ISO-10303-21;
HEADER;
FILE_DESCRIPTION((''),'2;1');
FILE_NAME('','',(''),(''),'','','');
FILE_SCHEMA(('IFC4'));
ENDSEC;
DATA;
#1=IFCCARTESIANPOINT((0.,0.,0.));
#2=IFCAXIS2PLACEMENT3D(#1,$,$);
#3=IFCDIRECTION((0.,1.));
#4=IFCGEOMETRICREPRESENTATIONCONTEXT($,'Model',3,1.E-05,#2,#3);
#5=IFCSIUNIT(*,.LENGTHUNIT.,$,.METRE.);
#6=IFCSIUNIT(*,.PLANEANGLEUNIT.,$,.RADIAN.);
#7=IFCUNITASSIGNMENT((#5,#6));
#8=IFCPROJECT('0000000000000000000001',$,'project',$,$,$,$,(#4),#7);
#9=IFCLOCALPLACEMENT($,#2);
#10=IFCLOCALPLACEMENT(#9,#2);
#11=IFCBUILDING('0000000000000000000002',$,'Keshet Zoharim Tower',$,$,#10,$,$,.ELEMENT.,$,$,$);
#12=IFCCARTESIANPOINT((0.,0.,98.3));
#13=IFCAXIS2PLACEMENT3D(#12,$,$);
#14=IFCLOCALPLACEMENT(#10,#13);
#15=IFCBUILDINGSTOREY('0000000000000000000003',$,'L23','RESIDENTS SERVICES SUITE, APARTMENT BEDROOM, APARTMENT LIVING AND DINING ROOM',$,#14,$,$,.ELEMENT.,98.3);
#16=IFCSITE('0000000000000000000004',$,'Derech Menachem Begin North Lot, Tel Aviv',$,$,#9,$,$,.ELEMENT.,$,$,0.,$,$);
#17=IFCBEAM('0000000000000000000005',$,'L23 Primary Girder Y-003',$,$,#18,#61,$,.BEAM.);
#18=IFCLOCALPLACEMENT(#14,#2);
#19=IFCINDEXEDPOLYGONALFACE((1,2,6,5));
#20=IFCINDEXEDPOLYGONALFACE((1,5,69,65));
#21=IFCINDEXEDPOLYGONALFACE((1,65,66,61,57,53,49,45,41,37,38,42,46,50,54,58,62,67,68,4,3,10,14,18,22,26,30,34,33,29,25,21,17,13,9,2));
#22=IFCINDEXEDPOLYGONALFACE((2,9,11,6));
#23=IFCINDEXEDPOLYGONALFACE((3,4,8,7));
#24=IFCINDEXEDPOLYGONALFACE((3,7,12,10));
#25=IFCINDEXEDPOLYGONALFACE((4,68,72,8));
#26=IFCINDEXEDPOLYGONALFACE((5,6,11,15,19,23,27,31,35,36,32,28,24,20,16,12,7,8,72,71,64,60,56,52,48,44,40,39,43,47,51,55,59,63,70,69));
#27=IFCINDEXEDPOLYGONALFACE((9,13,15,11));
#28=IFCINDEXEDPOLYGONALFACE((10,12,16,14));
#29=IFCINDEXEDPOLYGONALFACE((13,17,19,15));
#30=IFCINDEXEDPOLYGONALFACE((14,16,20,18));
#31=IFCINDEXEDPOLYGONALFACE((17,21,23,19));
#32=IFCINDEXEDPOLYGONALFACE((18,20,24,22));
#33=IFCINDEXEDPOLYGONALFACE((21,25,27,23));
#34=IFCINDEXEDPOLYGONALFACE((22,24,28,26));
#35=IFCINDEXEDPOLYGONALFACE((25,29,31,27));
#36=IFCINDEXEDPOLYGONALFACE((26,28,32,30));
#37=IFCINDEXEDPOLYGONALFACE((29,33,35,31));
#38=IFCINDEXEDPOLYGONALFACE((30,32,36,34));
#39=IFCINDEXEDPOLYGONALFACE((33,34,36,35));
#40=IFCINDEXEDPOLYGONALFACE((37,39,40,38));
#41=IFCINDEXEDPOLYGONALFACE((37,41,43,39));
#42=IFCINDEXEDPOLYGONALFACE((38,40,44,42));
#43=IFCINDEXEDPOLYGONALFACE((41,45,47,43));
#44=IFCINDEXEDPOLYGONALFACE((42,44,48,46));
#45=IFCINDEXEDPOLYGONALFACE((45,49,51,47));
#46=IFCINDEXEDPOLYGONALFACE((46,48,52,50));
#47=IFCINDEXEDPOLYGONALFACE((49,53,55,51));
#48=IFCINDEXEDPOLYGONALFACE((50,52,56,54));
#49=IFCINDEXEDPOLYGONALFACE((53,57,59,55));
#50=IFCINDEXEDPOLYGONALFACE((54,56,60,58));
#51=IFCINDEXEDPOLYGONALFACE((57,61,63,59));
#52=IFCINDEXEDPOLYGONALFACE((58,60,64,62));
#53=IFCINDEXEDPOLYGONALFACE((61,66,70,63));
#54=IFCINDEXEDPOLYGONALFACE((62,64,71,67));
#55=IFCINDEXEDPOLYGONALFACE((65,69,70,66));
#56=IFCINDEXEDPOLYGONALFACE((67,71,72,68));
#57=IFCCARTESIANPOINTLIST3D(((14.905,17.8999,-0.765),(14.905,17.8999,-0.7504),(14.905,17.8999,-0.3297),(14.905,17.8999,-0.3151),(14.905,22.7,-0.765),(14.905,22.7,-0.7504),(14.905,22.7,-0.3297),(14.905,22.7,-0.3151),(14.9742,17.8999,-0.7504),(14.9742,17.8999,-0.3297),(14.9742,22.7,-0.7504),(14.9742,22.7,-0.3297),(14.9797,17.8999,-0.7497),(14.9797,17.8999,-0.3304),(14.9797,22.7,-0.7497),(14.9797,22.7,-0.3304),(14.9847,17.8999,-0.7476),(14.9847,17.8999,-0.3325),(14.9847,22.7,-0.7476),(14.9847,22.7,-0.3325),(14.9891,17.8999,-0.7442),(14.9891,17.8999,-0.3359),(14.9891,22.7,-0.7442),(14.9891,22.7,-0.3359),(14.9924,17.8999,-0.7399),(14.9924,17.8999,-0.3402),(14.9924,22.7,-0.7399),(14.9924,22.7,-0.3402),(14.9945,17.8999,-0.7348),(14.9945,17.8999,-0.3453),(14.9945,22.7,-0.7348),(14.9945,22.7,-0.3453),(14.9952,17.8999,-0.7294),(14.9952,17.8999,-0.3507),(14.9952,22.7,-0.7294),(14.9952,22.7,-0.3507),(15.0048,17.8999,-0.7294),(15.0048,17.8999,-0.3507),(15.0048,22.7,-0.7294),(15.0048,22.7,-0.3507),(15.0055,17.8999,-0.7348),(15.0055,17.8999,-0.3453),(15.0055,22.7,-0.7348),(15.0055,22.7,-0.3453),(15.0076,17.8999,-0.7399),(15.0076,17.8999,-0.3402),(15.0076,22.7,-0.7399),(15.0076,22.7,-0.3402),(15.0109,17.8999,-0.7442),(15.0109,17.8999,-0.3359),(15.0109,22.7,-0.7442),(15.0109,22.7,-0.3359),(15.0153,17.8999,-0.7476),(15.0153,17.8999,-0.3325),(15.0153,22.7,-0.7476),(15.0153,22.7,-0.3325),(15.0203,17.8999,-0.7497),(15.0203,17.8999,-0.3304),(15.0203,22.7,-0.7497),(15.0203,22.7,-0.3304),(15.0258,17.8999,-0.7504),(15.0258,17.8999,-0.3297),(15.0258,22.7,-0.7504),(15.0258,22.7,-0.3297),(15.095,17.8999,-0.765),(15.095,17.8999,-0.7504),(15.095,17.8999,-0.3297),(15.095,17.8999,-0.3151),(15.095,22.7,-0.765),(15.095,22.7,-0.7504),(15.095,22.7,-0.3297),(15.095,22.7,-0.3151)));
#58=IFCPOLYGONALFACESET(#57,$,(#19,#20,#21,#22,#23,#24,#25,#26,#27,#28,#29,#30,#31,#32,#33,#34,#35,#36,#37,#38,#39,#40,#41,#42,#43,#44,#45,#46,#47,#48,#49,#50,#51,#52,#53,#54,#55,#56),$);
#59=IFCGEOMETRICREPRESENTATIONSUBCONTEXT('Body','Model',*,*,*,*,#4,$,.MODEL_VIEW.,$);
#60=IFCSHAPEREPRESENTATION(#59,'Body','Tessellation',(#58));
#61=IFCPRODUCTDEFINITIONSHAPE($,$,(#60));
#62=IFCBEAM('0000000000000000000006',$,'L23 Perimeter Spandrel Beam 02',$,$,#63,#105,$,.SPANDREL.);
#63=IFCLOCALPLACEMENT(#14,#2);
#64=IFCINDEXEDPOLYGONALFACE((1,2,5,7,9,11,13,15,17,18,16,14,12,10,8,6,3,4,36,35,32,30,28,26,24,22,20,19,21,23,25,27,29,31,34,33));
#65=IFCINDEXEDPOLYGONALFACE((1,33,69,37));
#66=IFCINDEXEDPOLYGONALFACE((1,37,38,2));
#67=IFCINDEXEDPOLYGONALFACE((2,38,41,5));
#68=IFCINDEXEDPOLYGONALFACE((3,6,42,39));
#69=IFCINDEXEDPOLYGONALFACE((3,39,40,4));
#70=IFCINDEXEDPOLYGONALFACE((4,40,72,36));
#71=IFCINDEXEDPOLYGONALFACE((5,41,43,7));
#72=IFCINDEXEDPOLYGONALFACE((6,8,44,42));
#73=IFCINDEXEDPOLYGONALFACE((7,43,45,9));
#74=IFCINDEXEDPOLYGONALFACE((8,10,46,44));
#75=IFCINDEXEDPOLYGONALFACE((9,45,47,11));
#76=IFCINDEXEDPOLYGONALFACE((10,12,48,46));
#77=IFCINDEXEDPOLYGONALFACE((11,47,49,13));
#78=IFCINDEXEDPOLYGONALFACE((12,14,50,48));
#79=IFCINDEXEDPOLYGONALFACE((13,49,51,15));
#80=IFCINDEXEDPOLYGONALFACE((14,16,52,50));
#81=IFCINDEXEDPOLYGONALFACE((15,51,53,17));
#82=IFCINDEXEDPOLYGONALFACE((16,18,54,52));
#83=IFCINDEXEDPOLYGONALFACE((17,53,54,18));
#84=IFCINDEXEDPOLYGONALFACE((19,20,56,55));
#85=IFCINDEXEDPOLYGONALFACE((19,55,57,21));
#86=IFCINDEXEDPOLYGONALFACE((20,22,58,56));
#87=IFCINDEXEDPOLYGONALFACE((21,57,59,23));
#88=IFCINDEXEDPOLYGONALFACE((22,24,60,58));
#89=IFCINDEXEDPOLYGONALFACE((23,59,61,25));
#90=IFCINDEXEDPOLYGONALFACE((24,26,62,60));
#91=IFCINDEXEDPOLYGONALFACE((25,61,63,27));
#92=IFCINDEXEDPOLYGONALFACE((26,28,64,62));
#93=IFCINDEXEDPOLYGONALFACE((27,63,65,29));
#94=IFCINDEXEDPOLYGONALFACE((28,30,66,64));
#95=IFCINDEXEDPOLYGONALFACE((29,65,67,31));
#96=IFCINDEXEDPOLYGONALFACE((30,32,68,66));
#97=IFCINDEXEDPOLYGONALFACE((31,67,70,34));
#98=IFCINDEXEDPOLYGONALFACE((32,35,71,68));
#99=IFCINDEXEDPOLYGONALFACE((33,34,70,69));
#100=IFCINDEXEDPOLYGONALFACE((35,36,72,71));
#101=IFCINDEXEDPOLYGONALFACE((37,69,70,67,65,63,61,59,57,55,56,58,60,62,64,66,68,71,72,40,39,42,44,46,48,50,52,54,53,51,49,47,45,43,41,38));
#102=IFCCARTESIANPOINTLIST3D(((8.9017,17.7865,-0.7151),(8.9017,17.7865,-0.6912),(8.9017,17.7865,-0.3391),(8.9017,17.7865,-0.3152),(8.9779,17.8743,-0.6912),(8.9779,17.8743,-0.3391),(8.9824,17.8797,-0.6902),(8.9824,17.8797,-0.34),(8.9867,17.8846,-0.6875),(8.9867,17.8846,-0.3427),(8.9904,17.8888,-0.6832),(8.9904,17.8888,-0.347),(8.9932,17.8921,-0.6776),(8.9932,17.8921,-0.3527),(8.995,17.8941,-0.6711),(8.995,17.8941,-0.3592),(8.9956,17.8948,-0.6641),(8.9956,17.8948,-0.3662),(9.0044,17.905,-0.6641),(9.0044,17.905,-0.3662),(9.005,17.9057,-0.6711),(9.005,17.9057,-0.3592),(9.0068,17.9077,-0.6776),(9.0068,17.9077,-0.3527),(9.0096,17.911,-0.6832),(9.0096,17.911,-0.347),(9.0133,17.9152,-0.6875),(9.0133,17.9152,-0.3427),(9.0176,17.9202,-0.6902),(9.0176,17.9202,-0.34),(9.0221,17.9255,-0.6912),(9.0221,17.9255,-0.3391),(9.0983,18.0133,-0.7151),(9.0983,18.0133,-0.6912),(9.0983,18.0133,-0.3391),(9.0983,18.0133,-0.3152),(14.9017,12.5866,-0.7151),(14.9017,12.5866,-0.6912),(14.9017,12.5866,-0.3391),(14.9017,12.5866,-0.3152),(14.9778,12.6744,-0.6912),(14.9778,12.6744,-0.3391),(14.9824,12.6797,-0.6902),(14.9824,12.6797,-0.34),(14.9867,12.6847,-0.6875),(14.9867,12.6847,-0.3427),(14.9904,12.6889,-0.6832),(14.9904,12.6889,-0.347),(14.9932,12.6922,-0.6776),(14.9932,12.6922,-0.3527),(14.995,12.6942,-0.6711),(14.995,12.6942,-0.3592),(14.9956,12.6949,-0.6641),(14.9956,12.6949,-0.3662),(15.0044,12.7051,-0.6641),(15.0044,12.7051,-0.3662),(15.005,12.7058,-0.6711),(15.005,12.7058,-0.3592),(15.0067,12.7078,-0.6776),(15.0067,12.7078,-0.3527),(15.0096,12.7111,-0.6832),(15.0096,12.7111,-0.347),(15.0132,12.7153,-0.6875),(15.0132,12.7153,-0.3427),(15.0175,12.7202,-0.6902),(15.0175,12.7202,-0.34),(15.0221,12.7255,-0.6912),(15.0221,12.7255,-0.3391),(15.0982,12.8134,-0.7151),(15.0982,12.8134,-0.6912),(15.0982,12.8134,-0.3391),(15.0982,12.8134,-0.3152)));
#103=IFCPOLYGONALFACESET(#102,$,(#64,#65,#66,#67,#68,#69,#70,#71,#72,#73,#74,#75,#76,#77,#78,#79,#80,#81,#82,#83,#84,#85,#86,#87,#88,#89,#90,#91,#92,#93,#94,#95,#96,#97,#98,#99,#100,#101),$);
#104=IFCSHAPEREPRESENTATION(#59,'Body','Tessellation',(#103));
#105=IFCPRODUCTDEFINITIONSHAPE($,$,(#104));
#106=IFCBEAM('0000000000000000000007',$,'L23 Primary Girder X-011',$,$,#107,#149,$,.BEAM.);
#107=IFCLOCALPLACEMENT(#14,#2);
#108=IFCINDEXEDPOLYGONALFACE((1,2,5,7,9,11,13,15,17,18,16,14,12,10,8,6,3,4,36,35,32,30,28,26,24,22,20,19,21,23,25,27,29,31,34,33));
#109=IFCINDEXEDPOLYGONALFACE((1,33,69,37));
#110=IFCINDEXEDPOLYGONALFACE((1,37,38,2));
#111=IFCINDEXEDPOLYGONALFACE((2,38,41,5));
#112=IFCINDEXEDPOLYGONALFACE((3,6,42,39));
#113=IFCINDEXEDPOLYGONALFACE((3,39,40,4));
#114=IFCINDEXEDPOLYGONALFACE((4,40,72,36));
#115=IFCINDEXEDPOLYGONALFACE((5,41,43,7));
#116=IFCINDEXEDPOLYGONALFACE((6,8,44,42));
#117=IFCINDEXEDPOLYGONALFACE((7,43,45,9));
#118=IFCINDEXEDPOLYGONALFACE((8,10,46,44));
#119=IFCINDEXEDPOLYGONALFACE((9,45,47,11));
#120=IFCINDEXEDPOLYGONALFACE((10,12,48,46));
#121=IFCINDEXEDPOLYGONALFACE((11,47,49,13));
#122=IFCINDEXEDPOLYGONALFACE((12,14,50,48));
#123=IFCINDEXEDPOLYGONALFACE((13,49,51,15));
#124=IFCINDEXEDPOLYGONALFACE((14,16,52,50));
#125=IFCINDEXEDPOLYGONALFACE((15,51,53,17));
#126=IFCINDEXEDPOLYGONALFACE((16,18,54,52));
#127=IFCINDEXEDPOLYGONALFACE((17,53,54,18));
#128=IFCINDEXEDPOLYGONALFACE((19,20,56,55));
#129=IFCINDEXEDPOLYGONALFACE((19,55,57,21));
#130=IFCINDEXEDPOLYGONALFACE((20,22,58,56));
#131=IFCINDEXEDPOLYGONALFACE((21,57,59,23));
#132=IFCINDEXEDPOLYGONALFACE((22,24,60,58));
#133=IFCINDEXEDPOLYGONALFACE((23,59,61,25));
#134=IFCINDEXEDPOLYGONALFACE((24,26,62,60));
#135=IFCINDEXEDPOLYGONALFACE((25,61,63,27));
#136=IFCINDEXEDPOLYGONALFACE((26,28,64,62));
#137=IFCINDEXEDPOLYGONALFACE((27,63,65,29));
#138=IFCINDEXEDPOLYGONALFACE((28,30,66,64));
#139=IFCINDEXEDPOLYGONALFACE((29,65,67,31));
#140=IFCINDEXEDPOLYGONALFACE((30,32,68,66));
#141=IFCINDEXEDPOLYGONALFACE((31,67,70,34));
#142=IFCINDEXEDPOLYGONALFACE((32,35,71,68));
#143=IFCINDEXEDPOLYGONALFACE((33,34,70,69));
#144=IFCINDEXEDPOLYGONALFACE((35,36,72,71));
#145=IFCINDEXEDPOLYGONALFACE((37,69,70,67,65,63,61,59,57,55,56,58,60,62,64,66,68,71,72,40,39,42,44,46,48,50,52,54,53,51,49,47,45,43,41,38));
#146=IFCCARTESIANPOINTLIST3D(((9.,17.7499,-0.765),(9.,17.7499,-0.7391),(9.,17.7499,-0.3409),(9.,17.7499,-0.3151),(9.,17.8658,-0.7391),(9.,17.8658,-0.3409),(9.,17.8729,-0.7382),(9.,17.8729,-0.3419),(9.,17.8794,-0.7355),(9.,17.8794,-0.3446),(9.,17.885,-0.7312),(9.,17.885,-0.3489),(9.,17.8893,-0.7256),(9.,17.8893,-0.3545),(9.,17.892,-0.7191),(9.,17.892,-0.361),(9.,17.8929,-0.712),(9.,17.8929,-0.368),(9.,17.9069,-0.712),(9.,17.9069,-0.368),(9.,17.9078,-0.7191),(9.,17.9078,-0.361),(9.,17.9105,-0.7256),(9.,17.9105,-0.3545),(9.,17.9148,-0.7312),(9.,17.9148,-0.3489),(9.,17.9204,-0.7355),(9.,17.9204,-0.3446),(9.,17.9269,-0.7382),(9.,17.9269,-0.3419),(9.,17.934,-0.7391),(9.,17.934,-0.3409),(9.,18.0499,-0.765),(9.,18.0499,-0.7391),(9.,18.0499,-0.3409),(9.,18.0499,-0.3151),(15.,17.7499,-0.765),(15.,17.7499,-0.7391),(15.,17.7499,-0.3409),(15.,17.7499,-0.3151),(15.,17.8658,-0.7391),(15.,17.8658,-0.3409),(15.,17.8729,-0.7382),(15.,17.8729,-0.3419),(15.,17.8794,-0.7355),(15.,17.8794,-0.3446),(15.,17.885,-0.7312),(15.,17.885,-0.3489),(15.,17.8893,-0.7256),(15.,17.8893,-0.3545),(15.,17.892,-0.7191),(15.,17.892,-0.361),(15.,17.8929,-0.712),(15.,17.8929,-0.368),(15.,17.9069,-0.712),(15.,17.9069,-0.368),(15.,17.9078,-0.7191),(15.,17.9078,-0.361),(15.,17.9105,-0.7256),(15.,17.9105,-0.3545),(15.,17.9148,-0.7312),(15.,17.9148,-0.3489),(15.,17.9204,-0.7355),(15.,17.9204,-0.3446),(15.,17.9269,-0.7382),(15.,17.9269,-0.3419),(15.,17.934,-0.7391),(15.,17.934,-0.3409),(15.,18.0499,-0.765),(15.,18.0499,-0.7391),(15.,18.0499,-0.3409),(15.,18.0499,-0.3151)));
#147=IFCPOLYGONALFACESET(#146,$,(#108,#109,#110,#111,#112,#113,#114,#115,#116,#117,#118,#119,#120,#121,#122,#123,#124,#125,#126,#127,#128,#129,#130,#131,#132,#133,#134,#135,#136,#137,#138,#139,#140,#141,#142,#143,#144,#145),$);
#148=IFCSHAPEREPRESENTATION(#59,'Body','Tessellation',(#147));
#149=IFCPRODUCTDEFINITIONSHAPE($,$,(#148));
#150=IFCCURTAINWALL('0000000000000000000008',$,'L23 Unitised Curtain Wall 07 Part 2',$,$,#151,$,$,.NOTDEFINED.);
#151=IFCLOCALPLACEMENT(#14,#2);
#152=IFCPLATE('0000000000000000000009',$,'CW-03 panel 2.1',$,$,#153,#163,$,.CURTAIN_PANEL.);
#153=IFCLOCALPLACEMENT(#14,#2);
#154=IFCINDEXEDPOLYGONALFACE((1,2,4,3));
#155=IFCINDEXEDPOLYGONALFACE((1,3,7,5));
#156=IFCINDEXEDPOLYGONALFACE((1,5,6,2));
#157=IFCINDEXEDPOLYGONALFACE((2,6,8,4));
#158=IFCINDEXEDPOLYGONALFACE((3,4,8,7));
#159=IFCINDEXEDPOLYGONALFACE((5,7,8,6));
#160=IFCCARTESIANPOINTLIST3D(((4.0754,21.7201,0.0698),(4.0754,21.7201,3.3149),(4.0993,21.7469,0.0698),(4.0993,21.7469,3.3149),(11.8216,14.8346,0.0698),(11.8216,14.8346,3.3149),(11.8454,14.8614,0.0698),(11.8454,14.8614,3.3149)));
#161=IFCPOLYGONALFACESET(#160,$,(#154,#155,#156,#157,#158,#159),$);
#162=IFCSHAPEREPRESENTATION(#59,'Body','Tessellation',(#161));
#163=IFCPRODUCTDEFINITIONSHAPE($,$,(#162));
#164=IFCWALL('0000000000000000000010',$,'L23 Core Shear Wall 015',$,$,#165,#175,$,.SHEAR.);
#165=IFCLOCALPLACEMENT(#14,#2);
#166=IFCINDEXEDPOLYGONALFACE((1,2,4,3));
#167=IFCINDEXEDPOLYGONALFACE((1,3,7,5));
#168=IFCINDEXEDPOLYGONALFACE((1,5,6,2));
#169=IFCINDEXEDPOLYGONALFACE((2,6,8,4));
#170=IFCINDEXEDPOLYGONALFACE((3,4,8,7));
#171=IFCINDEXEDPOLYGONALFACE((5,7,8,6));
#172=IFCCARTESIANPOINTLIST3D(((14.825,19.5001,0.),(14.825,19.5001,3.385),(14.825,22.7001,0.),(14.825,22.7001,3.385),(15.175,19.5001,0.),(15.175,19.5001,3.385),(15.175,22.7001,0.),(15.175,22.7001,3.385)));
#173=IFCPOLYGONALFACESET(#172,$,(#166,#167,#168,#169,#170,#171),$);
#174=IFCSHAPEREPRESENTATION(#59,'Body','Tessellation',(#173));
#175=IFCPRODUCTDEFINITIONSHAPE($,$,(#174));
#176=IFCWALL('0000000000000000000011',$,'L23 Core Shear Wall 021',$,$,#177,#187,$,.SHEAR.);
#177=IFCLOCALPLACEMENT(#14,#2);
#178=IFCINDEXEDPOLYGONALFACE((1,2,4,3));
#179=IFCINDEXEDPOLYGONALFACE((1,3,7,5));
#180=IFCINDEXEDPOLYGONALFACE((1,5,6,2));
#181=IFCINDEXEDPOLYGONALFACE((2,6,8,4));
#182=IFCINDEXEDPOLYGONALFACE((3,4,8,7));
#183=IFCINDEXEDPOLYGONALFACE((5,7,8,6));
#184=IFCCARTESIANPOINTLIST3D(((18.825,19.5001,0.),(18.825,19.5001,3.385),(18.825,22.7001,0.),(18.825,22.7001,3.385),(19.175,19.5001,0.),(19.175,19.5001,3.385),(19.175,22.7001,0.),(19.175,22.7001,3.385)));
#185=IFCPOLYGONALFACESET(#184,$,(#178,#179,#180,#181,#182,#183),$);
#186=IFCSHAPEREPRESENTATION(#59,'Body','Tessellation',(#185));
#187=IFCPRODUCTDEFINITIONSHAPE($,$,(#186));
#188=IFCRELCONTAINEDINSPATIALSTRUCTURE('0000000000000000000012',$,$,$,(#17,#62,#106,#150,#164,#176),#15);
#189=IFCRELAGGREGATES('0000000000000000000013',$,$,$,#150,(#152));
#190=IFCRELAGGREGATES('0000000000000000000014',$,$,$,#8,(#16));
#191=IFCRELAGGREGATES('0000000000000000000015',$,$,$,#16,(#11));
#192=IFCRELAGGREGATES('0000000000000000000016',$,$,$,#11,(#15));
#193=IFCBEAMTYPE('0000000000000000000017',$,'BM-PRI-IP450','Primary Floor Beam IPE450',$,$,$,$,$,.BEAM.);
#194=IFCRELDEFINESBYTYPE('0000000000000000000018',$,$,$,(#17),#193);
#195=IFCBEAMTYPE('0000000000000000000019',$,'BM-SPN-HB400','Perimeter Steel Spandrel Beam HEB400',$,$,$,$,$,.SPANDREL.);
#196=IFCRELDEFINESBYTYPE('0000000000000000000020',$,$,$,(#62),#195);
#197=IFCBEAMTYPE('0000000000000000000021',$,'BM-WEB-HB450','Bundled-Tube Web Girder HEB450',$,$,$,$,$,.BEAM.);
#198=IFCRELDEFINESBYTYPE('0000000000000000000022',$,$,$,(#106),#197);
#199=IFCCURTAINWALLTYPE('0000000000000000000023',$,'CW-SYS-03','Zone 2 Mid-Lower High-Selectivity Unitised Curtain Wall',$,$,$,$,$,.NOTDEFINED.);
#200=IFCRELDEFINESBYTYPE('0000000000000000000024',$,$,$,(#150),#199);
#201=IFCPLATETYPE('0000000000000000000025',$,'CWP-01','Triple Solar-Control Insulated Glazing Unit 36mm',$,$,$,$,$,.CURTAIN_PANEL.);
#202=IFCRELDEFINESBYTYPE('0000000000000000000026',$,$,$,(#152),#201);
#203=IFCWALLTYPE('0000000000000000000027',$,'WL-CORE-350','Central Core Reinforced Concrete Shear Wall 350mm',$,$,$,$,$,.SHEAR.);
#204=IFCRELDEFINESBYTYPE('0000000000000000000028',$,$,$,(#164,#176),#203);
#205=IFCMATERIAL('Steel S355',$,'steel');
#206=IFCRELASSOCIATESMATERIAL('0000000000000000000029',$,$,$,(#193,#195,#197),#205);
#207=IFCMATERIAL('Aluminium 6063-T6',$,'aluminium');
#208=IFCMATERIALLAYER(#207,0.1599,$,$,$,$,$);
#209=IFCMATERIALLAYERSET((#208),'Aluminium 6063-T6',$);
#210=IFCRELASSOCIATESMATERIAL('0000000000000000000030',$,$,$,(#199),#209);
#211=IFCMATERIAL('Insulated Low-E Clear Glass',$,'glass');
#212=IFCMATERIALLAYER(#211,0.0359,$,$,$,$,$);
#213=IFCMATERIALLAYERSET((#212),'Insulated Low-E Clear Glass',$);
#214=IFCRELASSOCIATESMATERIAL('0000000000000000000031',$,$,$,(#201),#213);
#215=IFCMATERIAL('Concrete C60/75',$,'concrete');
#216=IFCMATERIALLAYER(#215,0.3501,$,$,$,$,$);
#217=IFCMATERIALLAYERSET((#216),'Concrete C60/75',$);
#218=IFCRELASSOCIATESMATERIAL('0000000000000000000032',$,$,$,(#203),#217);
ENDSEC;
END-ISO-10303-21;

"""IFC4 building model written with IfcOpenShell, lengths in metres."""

from ifc_helpers import new_model, si_unit, direction, frame, frame_2d, origin, origin_2d, place, context, subcontext, project, spatial, rectangle, i_section, extrude, material, layer, layer_set, material_profile, profile_set, type_object, element, aggregate, save


model = new_model("IFC4")

# Units and contexts
model_context = context("Model", 3, precision=1e-05, world=origin(), true_north=direction((0.0, 1.0)))
body_context = subcontext(model_context, "Body", "Model", "MODEL_VIEW")
ifc_project = project(units=[si_unit("LENGTHUNIT", "METRE"), si_unit("PLANEANGLEUNIT", "RADIAN")], contexts=[model_context])

# Site, building, storey
site_placement = place(None, origin())
site = spatial("IfcSite", under=ifc_project, at=site_placement, Name="Derech Menachem Begin North Lot, Tel Aviv", CompositionType="ELEMENT", RefElevation=0.0)
building_placement = place(site_placement, origin())
building = spatial("IfcBuilding", under=site, at=building_placement, Name="Keshet Zoharim Tower", CompositionType="ELEMENT")
storey_placement = place(building_placement, frame((0.0, 0.0, 98.3)))
storey = spatial("IfcBuildingStorey", under=building, at=storey_placement, Name="L23", Description="RESIDENTS SERVICES SUITE, APARTMENT BEDROOM, APARTMENT LIVING AND DINING ROOM", CompositionType="ELEMENT", Elevation=98.3)

# Shared definitions
ifc_material_1 = material(Name="Steel S355", Category="steel")
ifc_material_2 = material(Name="Concrete C60/75", Category="concrete")

# Beams
ifc_material_profile_1 = material_profile(ifc_material_1, i_section(OverallWidth=0.1899, OverallDepth=0.45, WebThickness=0.0095, FlangeThickness=0.0146, FilletRadius=0.021, at=origin_2d()), Name="IPE450")
ifc_profile_set_1 = profile_set([ifc_material_profile_1], Name="Steel S355")
beam_type_1 = type_object("IfcBeamType", Name="BM-PRI-IP450", Description="Primary Floor Beam IPE450", PredefinedType="BEAM", material=ifc_profile_set_1)
beam_1_placement = place(storey_placement, frame((15.0, 17.8999, -0.54), z_axis=(0.0, 1.0, 0.0), x_axis=(-1.0, 0.0, 0.0)))
element("IfcBeam", 1, at=beam_1_placement, inside=storey, type_object=beam_type_1, Name="L23 Primary Girder Y-003", PredefinedType="BEAM", context=body_context, shape_type="SweptSolid", body=[
    extrude(i_section(OverallWidth=0.1899, OverallDepth=0.45, WebThickness=0.0095, FlangeThickness=0.0146, FilletRadius=0.021, at=origin_2d()), origin(), (0.0, 0.0, 1.0), 4.8),
])
ifc_material_profile_2 = material_profile(ifc_material_1, i_section(OverallWidth=0.3, OverallDepth=0.3999, WebThickness=0.0134, FlangeThickness=0.0239, FilletRadius=0.0271, at=origin_2d()), Name="HEB400")
ifc_profile_set_2 = profile_set([ifc_material_profile_2], Name="Steel S355")
beam_type_2 = type_object("IfcBeamType", Name="BM-SPN-HB400", Description="Perimeter Steel Spandrel Beam HEB400", PredefinedType="SPANDREL", material=ifc_profile_set_2)
beam_2_placement = place(storey_placement, frame((9.0, 17.8999, -0.5151), z_axis=(0.755692, -0.654927, 0.0), x_axis=(0.654927, 0.755692, 0.0)))
element("IfcBeam", 2, at=beam_2_placement, inside=storey, type_object=beam_type_2, Name="L23 Perimeter Spandrel Beam 02", PredefinedType="SPANDREL", context=body_context, shape_type="SweptSolid", body=[
    extrude(i_section(OverallWidth=0.3, OverallDepth=0.3999, WebThickness=0.0134, FlangeThickness=0.0239, FilletRadius=0.0271, at=origin_2d()), origin(), (0.0, 0.0, 1.0), 7.9397),
])
ifc_material_profile_3 = material_profile(ifc_material_1, i_section(OverallWidth=0.3, OverallDepth=0.45, WebThickness=0.0139, FlangeThickness=0.0259, FilletRadius=0.0271, at=origin_2d()), Name="HEB450")
ifc_profile_set_3 = profile_set([ifc_material_profile_3], Name="Steel S355")
beam_type_3 = type_object("IfcBeamType", Name="BM-WEB-HB450", Description="Bundled-Tube Web Girder HEB450", PredefinedType="BEAM", material=ifc_profile_set_3)
beam_3_placement = place(storey_placement, frame((9.0, 17.8999, -0.54), z_axis=(1.0, 0.0, 0.0), x_axis=(0.0, 1.0, 0.0)))
element("IfcBeam", 3, at=beam_3_placement, inside=storey, type_object=beam_type_3, Name="L23 Primary Girder X-011", PredefinedType="BEAM", context=body_context, shape_type="SweptSolid", body=[
    extrude(i_section(OverallWidth=0.3, OverallDepth=0.45, WebThickness=0.0139, FlangeThickness=0.0259, FilletRadius=0.0271, at=origin_2d()), origin(), (0.0, 0.0, 1.0), 6.0),
])

# Curtain wall, plate
ifc_material_3 = material(Name="Aluminium 6063-T6", Category="aluminium")
ifc_layer_1 = layer(ifc_material_3, 0.1599)
ifc_layer_set_1 = layer_set([ifc_layer_1], Name="Aluminium 6063-T6")
curtain_wall_type = type_object("IfcCurtainWallType", Name="CW-SYS-03", Description="Zone 2 Mid-Lower High-Selectivity Unitised Curtain Wall", PredefinedType="NOTDEFINED", material=ifc_layer_set_1)
curtain_wall_placement = place(storey_placement, origin())
curtain_wall = element("IfcCurtainWall", 4, at=curtain_wall_placement, inside=storey, type_object=curtain_wall_type, Name="L23 Unitised Curtain Wall 07 Part 2", PredefinedType="NOTDEFINED")
ifc_material_4 = material(Name="Insulated Low-E Clear Glass", Category="glass")
ifc_layer_2 = layer(ifc_material_4, 0.0359)
ifc_layer_set_2 = layer_set([ifc_layer_2], Name="Insulated Low-E Clear Glass")
plate_type = type_object("IfcPlateType", Name="CWP-01", Description="Triple Solar-Control Insulated Glazing Unit 36mm", PredefinedType="CURTAIN_PANEL", material=ifc_layer_set_2)
plate_placement = place(storey_placement, frame((7.9604, 18.2908, 0.0698), z_axis=(0.0, 0.0, 1.0), x_axis=(-0.747409, 0.664364, 0.0)))
plate = element("IfcPlate", 5, at=plate_placement, type_object=plate_type, Name="CW-03 panel 2.1", PredefinedType="CURTAIN_PANEL", context=body_context, shape_type="SweptSolid", body=[
    extrude(rectangle(XDim=10.364, YDim=0.0359, at=origin_2d()), origin(), (0.0, 0.0, 1.0), 3.2451),
])
aggregate(curtain_wall, [plate])

# Walls
ifc_layer_3 = layer(ifc_material_2, 0.3501)
ifc_layer_set_3 = layer_set([ifc_layer_3], Name="Concrete C60/75")
wall_type_1 = type_object("IfcWallType", Name="WL-CORE-350", Description="Central Core Reinforced Concrete Shear Wall 350mm", PredefinedType="SHEAR", material=ifc_layer_set_3)
for number, where, z_axis, x_axis, name in (
    (6, (15.0, 19.5, 0.0), (0.0, 0.0, 1.0), (0.0, 1.0, 0.0), "L23 Core Shear Wall 015"),
    (7, (19.0, 19.5, 0.0), (0.0, 0.0, 1.0), (0.0, 1.0, 0.0), "L23 Core Shear Wall 021"),
):
    element("IfcWall", number, at=place(storey_placement, frame(where, z_axis=z_axis, x_axis=x_axis)), inside=storey, type_object=wall_type_1, Name=name, PredefinedType="SHEAR", context=body_context, shape_type="SweptSolid", body=[
        extrude(rectangle(XDim=3.2, YDim=0.3501, at=frame_2d((1.6001, 0.0))), origin(), (0.0, 0.0, 1.0), 3.385),
    ])

save(model, "model.ifc")
